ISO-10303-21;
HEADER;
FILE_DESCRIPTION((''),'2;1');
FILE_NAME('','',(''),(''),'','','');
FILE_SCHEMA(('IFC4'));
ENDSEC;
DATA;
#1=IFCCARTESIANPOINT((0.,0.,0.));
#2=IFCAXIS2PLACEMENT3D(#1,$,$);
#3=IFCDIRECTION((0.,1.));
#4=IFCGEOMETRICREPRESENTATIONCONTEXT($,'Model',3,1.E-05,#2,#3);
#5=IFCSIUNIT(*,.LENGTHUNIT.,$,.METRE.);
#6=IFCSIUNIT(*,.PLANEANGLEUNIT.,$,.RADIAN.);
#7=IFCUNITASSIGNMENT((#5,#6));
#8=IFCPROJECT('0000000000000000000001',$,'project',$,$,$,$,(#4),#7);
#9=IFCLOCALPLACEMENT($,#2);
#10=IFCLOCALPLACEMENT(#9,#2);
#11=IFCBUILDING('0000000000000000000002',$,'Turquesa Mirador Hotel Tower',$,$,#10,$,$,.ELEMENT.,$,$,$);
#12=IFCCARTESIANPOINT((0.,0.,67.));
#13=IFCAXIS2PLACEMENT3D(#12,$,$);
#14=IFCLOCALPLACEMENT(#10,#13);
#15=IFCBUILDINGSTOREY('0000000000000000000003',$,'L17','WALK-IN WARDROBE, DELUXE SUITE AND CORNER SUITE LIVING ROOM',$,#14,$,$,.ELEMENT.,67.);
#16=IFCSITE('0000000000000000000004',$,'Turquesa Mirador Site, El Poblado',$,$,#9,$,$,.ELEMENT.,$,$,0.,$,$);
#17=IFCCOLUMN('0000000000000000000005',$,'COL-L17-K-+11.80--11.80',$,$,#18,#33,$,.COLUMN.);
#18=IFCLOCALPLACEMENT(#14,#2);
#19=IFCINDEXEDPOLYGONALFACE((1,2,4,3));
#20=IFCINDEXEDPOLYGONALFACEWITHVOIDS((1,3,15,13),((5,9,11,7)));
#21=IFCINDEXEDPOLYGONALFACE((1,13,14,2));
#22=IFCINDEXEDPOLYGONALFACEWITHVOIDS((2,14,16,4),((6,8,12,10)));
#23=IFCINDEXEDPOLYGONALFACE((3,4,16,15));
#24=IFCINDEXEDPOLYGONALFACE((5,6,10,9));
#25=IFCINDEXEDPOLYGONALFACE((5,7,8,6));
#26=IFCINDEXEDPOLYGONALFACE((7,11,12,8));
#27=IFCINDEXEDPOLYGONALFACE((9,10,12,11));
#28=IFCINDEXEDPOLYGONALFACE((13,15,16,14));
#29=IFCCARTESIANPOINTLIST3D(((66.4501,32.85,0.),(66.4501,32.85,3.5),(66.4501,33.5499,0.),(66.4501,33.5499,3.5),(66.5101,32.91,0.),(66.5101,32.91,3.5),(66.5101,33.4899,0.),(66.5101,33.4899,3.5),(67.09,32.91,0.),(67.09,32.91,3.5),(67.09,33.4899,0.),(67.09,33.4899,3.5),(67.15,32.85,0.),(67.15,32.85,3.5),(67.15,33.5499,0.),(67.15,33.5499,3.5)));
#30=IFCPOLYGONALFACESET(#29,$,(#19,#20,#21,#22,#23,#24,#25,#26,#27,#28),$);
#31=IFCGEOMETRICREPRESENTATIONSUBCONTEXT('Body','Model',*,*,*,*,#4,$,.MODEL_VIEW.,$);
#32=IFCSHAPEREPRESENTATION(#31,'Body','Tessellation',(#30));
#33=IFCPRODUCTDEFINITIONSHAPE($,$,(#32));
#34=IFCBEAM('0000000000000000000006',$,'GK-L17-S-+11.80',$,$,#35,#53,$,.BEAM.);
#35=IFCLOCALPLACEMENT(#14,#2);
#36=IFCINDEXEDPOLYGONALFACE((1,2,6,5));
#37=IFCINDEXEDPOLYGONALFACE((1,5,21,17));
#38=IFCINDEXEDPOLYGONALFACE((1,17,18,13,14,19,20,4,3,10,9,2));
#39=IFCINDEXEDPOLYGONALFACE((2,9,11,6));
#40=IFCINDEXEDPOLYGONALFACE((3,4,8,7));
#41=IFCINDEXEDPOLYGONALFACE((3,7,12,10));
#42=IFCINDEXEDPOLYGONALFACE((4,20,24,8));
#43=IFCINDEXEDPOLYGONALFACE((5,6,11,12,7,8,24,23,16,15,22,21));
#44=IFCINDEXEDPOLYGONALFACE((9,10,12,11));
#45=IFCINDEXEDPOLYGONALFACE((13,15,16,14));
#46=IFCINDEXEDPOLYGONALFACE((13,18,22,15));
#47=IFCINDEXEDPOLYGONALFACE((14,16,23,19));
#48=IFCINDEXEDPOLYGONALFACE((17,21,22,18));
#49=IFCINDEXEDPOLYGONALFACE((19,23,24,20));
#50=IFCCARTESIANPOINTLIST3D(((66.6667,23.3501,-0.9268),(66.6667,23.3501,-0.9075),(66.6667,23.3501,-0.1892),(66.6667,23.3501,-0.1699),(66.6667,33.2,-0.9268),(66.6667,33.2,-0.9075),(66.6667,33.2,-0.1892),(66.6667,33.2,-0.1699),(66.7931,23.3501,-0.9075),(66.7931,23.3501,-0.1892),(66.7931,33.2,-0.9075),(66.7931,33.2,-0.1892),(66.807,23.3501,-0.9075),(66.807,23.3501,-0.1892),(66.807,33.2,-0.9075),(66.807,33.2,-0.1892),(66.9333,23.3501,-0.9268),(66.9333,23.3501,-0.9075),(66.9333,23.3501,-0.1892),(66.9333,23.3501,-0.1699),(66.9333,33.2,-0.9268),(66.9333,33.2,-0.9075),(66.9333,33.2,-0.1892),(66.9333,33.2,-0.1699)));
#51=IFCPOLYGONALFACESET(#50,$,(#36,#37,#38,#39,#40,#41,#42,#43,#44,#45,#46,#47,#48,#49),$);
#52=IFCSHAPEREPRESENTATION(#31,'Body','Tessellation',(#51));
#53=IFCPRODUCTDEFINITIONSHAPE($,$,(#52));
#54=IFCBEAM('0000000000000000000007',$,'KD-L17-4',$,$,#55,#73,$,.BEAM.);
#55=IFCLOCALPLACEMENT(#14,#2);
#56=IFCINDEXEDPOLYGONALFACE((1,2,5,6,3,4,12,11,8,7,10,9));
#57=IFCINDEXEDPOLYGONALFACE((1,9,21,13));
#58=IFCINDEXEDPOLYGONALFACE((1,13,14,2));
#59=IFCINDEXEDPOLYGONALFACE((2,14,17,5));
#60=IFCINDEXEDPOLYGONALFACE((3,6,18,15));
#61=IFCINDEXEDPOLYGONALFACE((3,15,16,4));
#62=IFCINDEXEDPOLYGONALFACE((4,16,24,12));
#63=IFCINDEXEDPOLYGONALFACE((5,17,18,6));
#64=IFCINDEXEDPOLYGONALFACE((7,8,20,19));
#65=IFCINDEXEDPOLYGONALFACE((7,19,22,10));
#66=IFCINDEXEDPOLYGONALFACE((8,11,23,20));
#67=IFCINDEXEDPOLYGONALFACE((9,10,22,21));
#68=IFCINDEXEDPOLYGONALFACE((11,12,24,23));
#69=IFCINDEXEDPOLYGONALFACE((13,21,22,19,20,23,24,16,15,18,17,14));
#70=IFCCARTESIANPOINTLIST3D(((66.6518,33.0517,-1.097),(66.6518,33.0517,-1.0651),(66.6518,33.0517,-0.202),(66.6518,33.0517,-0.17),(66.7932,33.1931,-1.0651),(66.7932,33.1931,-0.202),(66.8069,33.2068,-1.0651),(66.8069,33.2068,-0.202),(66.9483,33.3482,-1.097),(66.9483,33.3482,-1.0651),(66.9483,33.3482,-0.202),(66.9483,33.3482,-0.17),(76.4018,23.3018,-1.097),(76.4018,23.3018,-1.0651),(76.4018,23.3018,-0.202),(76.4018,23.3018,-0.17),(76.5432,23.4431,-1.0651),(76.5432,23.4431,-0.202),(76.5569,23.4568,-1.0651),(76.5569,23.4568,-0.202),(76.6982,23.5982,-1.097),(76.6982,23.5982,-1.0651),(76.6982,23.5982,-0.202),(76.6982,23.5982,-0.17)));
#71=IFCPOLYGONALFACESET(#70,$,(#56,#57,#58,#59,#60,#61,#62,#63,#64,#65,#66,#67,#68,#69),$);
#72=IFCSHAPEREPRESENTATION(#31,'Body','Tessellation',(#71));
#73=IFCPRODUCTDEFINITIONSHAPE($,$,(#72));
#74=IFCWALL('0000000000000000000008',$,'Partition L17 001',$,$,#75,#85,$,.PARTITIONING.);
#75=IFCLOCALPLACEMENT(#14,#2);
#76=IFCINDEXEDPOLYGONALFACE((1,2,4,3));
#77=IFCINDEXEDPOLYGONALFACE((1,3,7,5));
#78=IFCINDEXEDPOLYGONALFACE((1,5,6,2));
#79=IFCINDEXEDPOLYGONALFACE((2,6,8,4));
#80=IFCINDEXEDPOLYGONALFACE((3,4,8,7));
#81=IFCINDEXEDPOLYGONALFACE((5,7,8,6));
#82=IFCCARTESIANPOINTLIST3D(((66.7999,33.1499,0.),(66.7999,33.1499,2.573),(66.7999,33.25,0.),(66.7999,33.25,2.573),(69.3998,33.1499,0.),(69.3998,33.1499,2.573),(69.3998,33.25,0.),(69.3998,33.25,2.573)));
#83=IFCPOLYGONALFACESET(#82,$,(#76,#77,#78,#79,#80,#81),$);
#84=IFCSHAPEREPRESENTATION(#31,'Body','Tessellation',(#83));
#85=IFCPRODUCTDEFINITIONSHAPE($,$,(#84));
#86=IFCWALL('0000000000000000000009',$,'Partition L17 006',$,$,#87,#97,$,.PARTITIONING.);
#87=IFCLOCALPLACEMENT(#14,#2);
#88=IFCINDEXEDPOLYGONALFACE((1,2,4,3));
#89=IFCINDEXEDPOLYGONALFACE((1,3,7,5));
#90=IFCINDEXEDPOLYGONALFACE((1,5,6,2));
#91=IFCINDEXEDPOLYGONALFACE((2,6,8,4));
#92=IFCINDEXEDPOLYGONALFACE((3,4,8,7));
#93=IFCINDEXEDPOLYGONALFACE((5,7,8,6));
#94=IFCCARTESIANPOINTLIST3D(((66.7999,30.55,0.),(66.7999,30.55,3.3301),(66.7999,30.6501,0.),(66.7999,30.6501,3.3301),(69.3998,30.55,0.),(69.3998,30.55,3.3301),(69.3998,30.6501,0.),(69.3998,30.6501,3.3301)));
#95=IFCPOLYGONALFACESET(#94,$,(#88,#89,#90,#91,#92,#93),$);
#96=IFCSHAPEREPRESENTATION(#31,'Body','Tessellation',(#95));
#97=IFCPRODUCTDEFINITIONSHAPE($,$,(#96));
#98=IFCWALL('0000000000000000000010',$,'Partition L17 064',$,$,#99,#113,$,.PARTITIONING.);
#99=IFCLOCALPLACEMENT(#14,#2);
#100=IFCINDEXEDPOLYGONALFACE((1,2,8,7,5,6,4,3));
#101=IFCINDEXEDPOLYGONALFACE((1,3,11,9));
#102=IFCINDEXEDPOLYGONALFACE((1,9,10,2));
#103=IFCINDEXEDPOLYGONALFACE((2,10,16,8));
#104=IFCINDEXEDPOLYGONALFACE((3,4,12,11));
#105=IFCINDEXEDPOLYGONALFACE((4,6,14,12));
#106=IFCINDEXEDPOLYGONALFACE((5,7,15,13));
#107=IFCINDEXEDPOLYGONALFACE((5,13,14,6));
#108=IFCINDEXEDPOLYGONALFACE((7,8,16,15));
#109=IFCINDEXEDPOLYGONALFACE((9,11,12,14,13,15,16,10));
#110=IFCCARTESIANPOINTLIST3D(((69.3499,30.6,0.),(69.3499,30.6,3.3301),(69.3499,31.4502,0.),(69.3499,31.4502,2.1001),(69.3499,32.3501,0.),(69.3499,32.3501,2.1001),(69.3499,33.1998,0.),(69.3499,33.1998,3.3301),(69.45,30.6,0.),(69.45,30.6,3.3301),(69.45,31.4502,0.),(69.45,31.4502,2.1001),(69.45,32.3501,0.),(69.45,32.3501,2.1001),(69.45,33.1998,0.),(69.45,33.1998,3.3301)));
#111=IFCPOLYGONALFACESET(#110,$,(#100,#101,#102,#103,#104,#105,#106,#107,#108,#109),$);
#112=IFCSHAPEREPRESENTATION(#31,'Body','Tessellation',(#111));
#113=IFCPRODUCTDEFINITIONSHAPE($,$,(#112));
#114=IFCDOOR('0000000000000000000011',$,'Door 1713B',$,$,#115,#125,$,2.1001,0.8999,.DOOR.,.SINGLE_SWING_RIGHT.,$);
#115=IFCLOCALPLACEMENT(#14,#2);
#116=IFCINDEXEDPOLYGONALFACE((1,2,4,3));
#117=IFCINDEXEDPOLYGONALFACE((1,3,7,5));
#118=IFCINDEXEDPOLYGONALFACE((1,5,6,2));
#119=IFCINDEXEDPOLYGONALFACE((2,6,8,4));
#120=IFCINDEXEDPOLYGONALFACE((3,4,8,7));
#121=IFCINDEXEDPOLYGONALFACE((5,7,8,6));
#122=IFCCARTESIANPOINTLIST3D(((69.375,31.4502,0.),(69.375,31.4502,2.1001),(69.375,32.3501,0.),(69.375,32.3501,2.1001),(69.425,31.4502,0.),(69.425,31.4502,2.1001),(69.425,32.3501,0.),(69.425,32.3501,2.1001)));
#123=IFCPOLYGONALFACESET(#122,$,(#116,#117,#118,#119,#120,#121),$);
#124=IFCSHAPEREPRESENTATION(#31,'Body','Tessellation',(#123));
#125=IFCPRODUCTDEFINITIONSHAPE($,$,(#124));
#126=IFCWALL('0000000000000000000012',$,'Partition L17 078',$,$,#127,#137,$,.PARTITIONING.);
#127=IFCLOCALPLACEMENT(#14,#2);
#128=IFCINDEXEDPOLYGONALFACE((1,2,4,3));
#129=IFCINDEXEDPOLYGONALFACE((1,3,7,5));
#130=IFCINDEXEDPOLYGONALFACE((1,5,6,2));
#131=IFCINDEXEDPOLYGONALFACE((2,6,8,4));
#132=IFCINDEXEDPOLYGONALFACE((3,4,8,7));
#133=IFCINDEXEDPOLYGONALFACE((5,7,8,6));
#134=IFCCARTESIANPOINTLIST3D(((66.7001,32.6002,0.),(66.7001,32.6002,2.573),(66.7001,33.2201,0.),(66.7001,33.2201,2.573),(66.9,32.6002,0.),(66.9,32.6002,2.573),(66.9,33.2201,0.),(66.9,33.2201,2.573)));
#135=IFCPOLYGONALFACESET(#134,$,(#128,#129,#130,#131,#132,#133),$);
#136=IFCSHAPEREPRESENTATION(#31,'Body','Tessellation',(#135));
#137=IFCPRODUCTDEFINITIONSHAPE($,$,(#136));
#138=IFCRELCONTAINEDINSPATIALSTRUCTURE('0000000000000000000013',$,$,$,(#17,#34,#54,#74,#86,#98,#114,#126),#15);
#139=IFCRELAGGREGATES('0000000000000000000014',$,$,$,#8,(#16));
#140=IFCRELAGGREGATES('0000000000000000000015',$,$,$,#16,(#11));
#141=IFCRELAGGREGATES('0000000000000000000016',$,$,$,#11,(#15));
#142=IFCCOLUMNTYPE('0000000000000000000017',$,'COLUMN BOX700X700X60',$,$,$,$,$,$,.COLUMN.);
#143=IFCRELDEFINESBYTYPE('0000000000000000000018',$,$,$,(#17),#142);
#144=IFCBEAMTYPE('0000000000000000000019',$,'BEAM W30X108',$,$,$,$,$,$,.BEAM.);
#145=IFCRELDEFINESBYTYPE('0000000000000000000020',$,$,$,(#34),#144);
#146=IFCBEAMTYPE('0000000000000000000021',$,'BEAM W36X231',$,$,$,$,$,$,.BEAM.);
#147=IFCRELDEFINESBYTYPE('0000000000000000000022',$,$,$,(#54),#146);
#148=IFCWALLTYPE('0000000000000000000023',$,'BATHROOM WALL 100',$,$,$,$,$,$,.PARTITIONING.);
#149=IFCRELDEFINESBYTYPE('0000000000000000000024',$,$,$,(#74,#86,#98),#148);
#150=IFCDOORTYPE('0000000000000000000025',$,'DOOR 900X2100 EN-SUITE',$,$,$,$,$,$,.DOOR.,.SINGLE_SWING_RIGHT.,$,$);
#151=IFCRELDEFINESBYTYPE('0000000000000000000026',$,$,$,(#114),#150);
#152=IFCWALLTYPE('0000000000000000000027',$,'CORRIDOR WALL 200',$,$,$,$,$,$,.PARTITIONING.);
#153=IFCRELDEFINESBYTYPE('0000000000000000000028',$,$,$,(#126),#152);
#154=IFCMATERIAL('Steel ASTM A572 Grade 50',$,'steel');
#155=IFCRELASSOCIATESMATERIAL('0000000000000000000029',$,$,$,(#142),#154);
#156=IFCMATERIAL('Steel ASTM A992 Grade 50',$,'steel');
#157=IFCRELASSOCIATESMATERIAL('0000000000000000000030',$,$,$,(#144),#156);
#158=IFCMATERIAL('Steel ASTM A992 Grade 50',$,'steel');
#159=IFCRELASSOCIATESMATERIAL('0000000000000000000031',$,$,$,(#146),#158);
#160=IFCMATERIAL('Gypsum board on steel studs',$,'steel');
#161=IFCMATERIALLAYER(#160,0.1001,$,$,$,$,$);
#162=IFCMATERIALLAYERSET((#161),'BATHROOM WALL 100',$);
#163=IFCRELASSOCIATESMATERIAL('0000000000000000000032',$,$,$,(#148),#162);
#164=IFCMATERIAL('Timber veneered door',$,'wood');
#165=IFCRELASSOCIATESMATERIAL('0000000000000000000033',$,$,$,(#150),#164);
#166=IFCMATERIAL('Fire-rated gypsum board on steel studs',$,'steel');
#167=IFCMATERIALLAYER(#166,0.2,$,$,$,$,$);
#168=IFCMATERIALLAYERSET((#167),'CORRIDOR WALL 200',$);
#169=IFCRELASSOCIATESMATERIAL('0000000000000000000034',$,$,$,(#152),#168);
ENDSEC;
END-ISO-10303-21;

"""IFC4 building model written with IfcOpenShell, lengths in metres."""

from ifc_helpers import new_model, si_unit, direction, frame, frame_2d, origin, origin_2d, place, context, subcontext, project, spatial, rectangle, hollow_rectangle, i_section, extrude, material, layer, layer_set, material_profile, profile_set, type_object, element, fill, save


model = new_model("IFC4")

# Units and contexts
model_context = context("Model", 3, precision=1e-05, world=origin(), true_north=direction((0.0, 1.0)))
body_context = subcontext(model_context, "Body", "Model", "MODEL_VIEW")
ifc_project = project(units=[si_unit("LENGTHUNIT", "METRE"), si_unit("PLANEANGLEUNIT", "RADIAN")], contexts=[model_context])

# Site, building, storey
site_placement = place(None, origin())
site = spatial("IfcSite", under=ifc_project, at=site_placement, Name="Turquesa Mirador Site, El Poblado", CompositionType="ELEMENT", RefElevation=0.0)
building_placement = place(site_placement, origin())
building = spatial("IfcBuilding", under=site, at=building_placement, Name="Turquesa Mirador Hotel Tower", CompositionType="ELEMENT")
storey_placement = place(building_placement, frame((0.0, 0.0, 67.0)))
storey = spatial("IfcBuildingStorey", under=building, at=storey_placement, Name="L17", Description="WALK-IN WARDROBE, DELUXE SUITE AND CORNER SUITE LIVING ROOM", CompositionType="ELEMENT", Elevation=67.0)

# Column
ifc_material_1 = material(Name="Steel ASTM A572 Grade 50", Category="steel")
ifc_material_profile_1 = material_profile(ifc_material_1, hollow_rectangle(XDim=0.7, YDim=0.7, WallThickness=0.0601, at=origin_2d()), Name="BOX700X700X60")
ifc_profile_set_1 = profile_set([ifc_material_profile_1], Name="Steel ASTM A572 Grade 50")
column_type = type_object("IfcColumnType", Name="COLUMN BOX700X700X60", PredefinedType="COLUMN", material=ifc_profile_set_1)
column_placement = place(storey_placement, frame((66.8, 33.2, 0.0), z_axis=(0.0, 0.0, 1.0), x_axis=(1.0, 0.0, 0.0)))
element("IfcColumn", 1, at=column_placement, inside=storey, type_object=column_type, Name="COL-L17-K-+11.80--11.80", PredefinedType="COLUMN", context=body_context, shape_type="SweptSolid", body=[
    extrude(hollow_rectangle(XDim=0.7, YDim=0.7, WallThickness=0.0601, at=origin_2d()), origin(), (0.0, 0.0, 1.0), 3.5),
])

# Beams
ifc_material_2 = material(Name="Steel ASTM A992 Grade 50", Category="steel")
ifc_material_profile_2 = material_profile(ifc_material_2, i_section(OverallWidth=0.2666, OverallDepth=0.7568, WebThickness=0.0139, FlangeThickness=0.0193, at=origin_2d()), Name="W30X108")
ifc_profile_set_2 = profile_set([ifc_material_profile_2], Name="Steel ASTM A992 Grade 50")
beam_type_1 = type_object("IfcBeamType", Name="BEAM W30X108", PredefinedType="BEAM", material=ifc_profile_set_2)
beam_1_placement = place(storey_placement, frame((66.8, 23.3501, -0.5483), z_axis=(0.0, 1.0, 0.0), x_axis=(-1.0, 0.0, 0.0)))
element("IfcBeam", 2, at=beam_1_placement, inside=storey, type_object=beam_type_1, Name="GK-L17-S-+11.80", PredefinedType="BEAM", context=body_context, shape_type="SweptSolid", body=[
    extrude(i_section(OverallWidth=0.2666, OverallDepth=0.7568, WebThickness=0.0139, FlangeThickness=0.0193, at=origin_2d()), origin(), (0.0, 0.0, 1.0), 9.8499),
])
ifc_material_3 = material(Name="Steel ASTM A992 Grade 50", Category="steel")
ifc_material_profile_3 = material_profile(ifc_material_3, i_section(OverallWidth=0.4192, OverallDepth=0.927, WebThickness=0.0193, FlangeThickness=0.032, at=origin_2d()), Name="W36X231")
ifc_profile_set_3 = profile_set([ifc_material_profile_3], Name="Steel ASTM A992 Grade 50")
beam_type_2 = type_object("IfcBeamType", Name="BEAM W36X231", PredefinedType="BEAM", material=ifc_profile_set_3)
beam_2_placement = place(storey_placement, frame((66.8, 33.2, -0.6335), z_axis=(0.707107, -0.707107, 0.0), x_axis=(0.707107, 0.707107, 0.0)))
element("IfcBeam", 3, at=beam_2_placement, inside=storey, type_object=beam_type_2, Name="KD-L17-4", PredefinedType="BEAM", context=body_context, shape_type="SweptSolid", body=[
    extrude(i_section(OverallWidth=0.4192, OverallDepth=0.927, WebThickness=0.0193, FlangeThickness=0.032, at=origin_2d()), origin(), (0.0, 0.0, 1.0), 13.7886),
])

# Walls
ifc_material_4 = material(Name="Gypsum board on steel studs", Category="steel")
ifc_layer_1 = layer(ifc_material_4, 0.1001)
ifc_layer_set_1 = layer_set([ifc_layer_1], Name="BATHROOM WALL 100")
wall_type_1 = type_object("IfcWallType", Name="BATHROOM WALL 100", PredefinedType="PARTITIONING", material=ifc_layer_set_1)
wall_1_placement = place(storey_placement, frame((66.8, 33.2, 0.0), z_axis=(0.0, 0.0, 1.0), x_axis=(1.0, 0.0, 0.0)))
element("IfcWall", 4, at=wall_1_placement, inside=storey, type_object=wall_type_1, Name="Partition L17 001", PredefinedType="PARTITIONING", context=body_context, shape_type="SweptSolid", body=[
    extrude(rectangle(XDim=2.5999, YDim=0.1001, at=frame_2d((1.2998, 0.0))), origin(), (0.0, 0.0, 1.0), 2.573),
])
wall_2_placement = place(storey_placement, frame((66.8, 30.6001, 0.0), z_axis=(0.0, 0.0, 1.0), x_axis=(1.0, 0.0, 0.0)))
element("IfcWall", 5, at=wall_2_placement, inside=storey, type_object=wall_type_1, Name="Partition L17 006", PredefinedType="PARTITIONING", context=body_context, shape_type="SweptSolid", body=[
    extrude(rectangle(XDim=2.5999, YDim=0.1001, at=frame_2d((1.2998, 0.0))), origin(), (0.0, 0.0, 1.0), 3.3301),
])

# Wall, opening, door
wall_3_placement = place(storey_placement, frame((69.3999, 30.6001, 0.0), z_axis=(0.0, 0.0, 1.0), x_axis=(0.0, 1.0, 0.0)))
wall_3 = element("IfcWall", 6, at=wall_3_placement, inside=storey, type_object=wall_type_1, Name="Partition L17 064", PredefinedType="PARTITIONING", context=body_context, shape_type="SweptSolid", body=[
    extrude(rectangle(XDim=2.5999, YDim=0.1001, at=frame_2d((1.2998, 0.0))), origin(), (0.0, 0.0, 1.0), 3.3301),
])
opening_1_placement = place(wall_3_placement, frame((0.8501, 0.0, 0.0)))
opening_1 = element("IfcOpeningElement", 7, at=opening_1_placement, cuts=wall_3, PredefinedType="OPENING", context=body_context, shape_type="SweptSolid", body=[
    extrude(rectangle(XDim=0.8999, YDim=2.1001, at=frame_2d((0.45, 1.05))), frame((0.0, 0.0601, 0.0), z_axis=(0.0, -1.0, 0.0), x_axis=(1.0, 0.0, 0.0)), (0.0, 0.0, 1.0), 0.1201),
])
ifc_material_5 = material(Name="Timber veneered door", Category="wood")
door_type_1 = type_object("IfcDoorType", Name="DOOR 900X2100 EN-SUITE", OperationType="SINGLE_SWING_RIGHT", PredefinedType="DOOR", material=ifc_material_5)
door_1_placement = place(opening_1_placement, origin())
door_1 = element("IfcDoor", 8, at=door_1_placement, inside=storey, type_object=door_type_1, Name="Door 1713B", OperationType="SINGLE_SWING_RIGHT", OverallHeight=2.1001, OverallWidth=0.8999, PredefinedType="DOOR", context=body_context, shape_type="SweptSolid", body=[
    extrude(rectangle(XDim=0.8999, YDim=2.1001, at=frame_2d((0.45, 1.05))), frame((0.0, 0.0249, 0.0), z_axis=(0.0, -1.0, 0.0), x_axis=(1.0, 0.0, 0.0)), (0.0, 0.0, 1.0), 0.05),
])
fill(opening_1, door_1)

# Wall
ifc_material_6 = material(Name="Fire-rated gypsum board on steel studs", Category="steel")
ifc_layer_2 = layer(ifc_material_6, 0.2)
ifc_layer_set_2 = layer_set([ifc_layer_2], Name="CORRIDOR WALL 200")
wall_type_2 = type_object("IfcWallType", Name="CORRIDOR WALL 200", PredefinedType="PARTITIONING", material=ifc_layer_set_2)
wall_4_placement = place(storey_placement, frame((66.8, 32.6001, 0.0), z_axis=(0.0, 0.0, 1.0), x_axis=(0.0, 1.0, 0.0)))
element("IfcWall", 9, at=wall_4_placement, inside=storey, type_object=wall_type_2, Name="Partition L17 078", PredefinedType="PARTITIONING", context=body_context, shape_type="SweptSolid", body=[
    extrude(rectangle(XDim=0.6199, YDim=0.2, at=frame_2d((0.3101, 0.0))), origin(), (0.0, 0.0, 1.0), 2.573),
])

save(model, "model.ifc")
